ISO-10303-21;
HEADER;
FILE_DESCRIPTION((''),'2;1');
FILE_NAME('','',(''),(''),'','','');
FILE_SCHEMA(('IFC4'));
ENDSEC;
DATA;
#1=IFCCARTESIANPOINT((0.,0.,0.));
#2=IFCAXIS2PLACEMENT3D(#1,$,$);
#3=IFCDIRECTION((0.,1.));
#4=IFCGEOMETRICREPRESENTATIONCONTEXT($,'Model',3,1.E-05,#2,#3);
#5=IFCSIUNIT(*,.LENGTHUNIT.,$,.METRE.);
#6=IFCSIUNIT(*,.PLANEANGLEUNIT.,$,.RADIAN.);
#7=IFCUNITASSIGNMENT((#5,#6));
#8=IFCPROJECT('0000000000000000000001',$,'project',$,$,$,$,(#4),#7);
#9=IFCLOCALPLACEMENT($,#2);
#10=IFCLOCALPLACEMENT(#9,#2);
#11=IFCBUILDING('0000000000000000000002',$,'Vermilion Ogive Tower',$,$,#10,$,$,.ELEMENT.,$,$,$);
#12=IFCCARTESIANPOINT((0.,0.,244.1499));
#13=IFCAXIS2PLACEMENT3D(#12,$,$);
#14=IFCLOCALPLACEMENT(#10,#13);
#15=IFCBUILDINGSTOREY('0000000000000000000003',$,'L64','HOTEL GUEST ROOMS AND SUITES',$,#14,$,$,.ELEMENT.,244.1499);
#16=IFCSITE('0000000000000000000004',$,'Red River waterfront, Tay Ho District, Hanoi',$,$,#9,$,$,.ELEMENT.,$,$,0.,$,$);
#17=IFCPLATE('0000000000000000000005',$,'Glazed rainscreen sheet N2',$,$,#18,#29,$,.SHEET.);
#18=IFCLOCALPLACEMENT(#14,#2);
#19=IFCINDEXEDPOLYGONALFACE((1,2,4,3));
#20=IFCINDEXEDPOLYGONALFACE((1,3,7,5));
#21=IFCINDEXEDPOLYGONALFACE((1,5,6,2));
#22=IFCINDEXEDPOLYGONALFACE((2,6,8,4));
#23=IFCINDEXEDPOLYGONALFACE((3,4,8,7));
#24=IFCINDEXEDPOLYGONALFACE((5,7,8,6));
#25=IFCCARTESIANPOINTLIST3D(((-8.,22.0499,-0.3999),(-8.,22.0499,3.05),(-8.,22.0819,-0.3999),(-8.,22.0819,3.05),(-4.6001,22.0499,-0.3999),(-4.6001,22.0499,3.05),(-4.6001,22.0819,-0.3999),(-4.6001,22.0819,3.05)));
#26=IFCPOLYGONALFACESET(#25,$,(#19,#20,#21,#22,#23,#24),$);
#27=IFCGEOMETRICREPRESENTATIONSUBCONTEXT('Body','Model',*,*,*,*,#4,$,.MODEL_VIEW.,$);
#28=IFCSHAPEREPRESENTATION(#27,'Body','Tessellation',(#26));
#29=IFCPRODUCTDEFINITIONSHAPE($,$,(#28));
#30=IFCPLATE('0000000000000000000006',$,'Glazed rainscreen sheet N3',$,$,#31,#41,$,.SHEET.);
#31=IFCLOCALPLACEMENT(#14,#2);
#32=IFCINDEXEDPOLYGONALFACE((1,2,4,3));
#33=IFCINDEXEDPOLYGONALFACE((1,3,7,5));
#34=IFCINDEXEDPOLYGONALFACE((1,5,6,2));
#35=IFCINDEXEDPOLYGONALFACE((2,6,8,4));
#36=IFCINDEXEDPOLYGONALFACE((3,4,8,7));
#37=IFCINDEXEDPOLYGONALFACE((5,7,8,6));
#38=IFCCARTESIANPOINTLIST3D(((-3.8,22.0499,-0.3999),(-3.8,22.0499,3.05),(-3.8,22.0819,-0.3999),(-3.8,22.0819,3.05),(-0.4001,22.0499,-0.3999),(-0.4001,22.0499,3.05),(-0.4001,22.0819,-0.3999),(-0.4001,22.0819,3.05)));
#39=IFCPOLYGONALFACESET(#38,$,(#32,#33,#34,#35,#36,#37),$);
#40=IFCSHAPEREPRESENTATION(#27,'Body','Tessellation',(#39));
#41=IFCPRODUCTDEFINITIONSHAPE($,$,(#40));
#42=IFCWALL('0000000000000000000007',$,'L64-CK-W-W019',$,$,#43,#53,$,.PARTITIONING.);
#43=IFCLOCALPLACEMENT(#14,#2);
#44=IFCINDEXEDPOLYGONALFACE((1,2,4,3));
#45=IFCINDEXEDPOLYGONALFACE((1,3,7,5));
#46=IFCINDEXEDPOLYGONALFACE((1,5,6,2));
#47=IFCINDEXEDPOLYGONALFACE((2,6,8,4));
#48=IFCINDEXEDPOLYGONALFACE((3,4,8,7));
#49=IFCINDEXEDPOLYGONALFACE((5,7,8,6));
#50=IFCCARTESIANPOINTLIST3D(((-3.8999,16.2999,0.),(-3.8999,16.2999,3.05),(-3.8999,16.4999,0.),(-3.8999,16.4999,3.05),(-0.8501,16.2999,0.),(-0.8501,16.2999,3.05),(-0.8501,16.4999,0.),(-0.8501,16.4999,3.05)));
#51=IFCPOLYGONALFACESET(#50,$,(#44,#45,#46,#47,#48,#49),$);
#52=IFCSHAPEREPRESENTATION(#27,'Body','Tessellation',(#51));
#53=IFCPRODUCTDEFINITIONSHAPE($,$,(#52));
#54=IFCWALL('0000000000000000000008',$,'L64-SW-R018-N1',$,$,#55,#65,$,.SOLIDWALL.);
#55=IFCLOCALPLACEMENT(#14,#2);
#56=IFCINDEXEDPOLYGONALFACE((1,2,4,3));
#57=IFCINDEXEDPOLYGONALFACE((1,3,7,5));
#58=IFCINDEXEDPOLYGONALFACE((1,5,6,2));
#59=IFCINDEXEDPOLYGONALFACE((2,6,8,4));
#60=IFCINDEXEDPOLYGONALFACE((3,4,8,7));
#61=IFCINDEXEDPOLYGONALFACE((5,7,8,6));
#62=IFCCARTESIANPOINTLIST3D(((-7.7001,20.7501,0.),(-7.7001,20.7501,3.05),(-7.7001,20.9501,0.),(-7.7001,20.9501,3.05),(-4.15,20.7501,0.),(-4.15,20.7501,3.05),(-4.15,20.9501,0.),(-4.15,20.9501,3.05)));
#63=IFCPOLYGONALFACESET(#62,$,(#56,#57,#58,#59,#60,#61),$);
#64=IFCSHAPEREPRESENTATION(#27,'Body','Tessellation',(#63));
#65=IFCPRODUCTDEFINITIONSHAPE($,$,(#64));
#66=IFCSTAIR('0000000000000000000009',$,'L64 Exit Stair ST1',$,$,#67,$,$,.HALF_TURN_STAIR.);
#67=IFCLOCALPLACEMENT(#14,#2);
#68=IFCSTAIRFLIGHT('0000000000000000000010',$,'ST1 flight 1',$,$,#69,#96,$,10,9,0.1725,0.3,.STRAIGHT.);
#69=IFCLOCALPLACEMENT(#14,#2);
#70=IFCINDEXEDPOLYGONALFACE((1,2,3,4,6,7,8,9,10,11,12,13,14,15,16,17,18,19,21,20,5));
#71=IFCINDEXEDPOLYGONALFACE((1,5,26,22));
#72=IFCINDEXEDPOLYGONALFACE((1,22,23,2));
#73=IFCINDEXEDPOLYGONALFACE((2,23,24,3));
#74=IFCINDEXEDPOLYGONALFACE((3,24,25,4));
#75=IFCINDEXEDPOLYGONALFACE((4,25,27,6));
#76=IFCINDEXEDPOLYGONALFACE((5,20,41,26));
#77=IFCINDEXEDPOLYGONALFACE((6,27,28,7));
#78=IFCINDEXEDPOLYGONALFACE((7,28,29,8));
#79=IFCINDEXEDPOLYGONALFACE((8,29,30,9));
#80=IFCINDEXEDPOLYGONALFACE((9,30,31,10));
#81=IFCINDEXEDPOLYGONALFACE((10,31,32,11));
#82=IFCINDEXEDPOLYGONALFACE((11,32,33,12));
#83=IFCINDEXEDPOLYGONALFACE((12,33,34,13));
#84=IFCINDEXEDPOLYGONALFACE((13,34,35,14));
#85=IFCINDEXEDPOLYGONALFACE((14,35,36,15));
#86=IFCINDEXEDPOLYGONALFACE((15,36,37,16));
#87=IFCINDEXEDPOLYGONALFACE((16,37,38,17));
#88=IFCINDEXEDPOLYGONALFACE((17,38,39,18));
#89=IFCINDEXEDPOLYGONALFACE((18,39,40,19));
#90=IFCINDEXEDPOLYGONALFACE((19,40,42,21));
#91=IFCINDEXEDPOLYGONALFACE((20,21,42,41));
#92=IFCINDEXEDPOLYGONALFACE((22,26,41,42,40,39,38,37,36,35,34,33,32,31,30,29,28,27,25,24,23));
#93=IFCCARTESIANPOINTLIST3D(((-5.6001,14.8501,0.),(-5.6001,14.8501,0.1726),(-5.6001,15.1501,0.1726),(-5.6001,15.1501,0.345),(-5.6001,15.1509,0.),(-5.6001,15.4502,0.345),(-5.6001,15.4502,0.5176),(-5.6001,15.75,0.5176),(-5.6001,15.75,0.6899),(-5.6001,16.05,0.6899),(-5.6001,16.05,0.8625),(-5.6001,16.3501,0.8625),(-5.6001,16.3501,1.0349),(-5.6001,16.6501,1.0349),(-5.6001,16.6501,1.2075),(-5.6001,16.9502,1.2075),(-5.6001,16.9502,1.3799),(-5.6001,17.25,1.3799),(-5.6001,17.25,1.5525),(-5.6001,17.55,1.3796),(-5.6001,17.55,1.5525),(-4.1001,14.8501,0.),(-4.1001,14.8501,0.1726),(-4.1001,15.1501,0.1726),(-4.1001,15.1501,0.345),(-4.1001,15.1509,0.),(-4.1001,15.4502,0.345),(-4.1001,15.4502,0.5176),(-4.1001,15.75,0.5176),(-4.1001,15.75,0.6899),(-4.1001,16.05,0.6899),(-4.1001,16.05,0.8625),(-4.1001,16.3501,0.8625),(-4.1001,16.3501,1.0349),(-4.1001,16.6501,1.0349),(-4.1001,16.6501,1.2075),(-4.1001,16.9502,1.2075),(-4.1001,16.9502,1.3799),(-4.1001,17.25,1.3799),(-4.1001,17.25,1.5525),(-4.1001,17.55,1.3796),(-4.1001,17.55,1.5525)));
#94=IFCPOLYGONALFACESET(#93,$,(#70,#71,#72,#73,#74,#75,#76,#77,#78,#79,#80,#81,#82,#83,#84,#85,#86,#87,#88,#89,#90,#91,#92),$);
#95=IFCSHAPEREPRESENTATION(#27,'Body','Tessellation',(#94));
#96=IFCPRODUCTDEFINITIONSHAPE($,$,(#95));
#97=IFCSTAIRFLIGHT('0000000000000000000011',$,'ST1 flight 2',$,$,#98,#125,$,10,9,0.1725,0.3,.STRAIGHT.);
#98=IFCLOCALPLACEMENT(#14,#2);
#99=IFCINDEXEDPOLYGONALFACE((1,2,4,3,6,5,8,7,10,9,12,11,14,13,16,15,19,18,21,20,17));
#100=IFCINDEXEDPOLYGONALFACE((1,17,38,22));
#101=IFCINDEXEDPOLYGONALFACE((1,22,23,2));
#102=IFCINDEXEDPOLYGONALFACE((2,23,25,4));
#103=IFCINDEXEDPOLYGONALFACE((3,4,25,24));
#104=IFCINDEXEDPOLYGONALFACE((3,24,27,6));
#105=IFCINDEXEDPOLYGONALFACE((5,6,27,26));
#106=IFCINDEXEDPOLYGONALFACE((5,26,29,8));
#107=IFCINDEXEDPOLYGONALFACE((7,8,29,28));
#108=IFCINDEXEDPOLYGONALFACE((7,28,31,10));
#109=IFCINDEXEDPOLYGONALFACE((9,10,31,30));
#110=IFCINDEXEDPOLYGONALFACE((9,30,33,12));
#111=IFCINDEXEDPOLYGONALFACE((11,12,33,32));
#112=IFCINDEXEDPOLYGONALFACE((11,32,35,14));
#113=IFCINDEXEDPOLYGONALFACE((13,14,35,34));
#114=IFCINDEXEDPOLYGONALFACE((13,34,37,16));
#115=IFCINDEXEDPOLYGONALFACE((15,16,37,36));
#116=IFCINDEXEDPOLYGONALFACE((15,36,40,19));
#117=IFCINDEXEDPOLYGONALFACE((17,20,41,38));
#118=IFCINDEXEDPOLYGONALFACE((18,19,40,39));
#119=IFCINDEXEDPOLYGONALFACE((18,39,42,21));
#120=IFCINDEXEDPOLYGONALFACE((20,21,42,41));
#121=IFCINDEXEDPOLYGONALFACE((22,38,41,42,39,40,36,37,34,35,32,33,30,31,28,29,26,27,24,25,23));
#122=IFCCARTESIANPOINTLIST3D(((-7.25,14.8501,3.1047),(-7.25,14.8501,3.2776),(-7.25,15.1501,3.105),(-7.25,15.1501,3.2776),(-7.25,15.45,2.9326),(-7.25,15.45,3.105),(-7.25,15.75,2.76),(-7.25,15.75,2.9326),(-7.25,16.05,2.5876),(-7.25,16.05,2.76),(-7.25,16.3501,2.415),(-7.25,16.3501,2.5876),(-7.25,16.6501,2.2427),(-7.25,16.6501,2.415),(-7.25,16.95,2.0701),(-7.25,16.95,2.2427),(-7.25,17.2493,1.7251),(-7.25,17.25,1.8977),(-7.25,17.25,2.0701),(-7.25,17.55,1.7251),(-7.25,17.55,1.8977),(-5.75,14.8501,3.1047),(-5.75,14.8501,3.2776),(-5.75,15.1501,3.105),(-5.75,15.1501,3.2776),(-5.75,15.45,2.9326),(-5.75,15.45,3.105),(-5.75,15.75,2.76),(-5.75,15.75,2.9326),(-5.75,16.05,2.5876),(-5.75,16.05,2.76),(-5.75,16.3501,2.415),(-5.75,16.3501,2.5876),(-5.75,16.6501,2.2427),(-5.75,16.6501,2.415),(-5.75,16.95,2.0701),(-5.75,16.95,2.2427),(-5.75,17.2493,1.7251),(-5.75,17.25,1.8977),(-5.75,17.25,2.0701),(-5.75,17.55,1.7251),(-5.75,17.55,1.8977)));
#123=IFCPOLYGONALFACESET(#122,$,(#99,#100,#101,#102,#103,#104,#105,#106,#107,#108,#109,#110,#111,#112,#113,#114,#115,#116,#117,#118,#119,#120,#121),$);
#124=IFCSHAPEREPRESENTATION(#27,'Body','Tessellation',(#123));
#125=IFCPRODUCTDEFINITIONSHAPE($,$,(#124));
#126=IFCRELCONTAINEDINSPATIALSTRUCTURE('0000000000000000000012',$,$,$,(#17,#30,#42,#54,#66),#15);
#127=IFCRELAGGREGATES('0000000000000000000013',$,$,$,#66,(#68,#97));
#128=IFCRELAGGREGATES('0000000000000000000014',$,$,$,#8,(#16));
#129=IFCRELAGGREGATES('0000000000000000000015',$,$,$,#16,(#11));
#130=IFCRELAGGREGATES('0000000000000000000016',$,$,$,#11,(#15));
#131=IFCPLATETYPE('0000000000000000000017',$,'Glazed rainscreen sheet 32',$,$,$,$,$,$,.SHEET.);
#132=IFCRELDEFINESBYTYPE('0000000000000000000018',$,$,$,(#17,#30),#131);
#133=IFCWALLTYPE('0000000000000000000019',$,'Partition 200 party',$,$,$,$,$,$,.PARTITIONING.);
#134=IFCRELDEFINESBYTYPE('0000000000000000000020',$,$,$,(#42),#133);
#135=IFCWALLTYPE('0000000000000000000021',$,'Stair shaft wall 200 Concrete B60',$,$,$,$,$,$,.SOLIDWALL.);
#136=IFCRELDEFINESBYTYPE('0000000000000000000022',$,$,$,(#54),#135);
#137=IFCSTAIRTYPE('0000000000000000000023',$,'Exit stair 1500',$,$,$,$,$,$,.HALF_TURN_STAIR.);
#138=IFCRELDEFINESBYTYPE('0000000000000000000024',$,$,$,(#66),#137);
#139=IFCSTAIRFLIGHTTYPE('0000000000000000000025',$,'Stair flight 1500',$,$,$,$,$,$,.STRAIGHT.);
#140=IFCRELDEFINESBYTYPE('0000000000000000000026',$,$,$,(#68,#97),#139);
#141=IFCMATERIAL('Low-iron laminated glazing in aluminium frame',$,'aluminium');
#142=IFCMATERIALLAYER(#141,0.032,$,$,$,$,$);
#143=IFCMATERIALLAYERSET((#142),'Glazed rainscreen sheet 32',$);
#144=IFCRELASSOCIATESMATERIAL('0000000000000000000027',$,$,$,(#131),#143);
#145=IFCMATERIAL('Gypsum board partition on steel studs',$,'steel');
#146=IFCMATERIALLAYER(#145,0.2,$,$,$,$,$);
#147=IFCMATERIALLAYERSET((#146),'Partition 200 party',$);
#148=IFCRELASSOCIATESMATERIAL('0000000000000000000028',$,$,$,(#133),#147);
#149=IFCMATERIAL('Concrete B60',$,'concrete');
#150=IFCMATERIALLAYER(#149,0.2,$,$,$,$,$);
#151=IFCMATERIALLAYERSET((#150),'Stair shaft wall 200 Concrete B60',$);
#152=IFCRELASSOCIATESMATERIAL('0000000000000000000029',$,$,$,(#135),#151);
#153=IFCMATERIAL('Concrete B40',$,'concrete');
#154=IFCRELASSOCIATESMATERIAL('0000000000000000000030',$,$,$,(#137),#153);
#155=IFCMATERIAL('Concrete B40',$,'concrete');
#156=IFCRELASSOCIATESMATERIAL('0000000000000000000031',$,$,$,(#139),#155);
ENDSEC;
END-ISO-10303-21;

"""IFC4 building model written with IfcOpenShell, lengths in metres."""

from ifc_helpers import new_model, si_unit, direction, frame, frame_2d, origin, origin_2d, place, context, subcontext, project, spatial, polyline, rectangle, outline, extrude, material, layer, layer_set, type_object, element, aggregate, save


model = new_model("IFC4")

# Units and contexts
model_context = context("Model", 3, precision=1e-05, world=origin(), true_north=direction((0.0, 1.0)))
body_context = subcontext(model_context, "Body", "Model", "MODEL_VIEW")
ifc_project = project(units=[si_unit("LENGTHUNIT", "METRE"), si_unit("PLANEANGLEUNIT", "RADIAN")], contexts=[model_context])

# Site, building, storey
site_placement = place(None, origin())
site = spatial("IfcSite", under=ifc_project, at=site_placement, Name="Red River waterfront, Tay Ho District, Hanoi", CompositionType="ELEMENT", RefElevation=0.0)
building_placement = place(site_placement, origin())
building = spatial("IfcBuilding", under=site, at=building_placement, Name="Vermilion Ogive Tower", CompositionType="ELEMENT")
storey_placement = place(building_placement, frame((0.0, 0.0, 244.1499)))
storey = spatial("IfcBuildingStorey", under=building, at=storey_placement, Name="L64", Description="HOTEL GUEST ROOMS AND SUITES", CompositionType="ELEMENT", Elevation=244.1499)

# Plates
ifc_material_1 = material(Name="Low-iron laminated glazing in aluminium frame", Category="aluminium")
ifc_layer_1 = layer(ifc_material_1, 0.032)
ifc_layer_set_1 = layer_set([ifc_layer_1], Name="Glazed rainscreen sheet 32")
plate_type = type_object("IfcPlateType", Name="Glazed rainscreen sheet 32", PredefinedType="SHEET", material=ifc_layer_set_1)
for number, where, z_axis, x_axis, name in (
    (1, (-6.3, 22.0659, -0.3999), (0.0, 0.0, 1.0), (1.0, 0.0, 0.0), "Glazed rainscreen sheet N2"),
    (2, (-2.1001, 22.0659, -0.3999), (0.0, 0.0, 1.0), (1.0, 0.0, 0.0), "Glazed rainscreen sheet N3"),
):
    element("IfcPlate", number, at=place(storey_placement, frame(where, z_axis=z_axis, x_axis=x_axis)), inside=storey, type_object=plate_type, Name=name, PredefinedType="SHEET", context=body_context, shape_type="SweptSolid", body=[
        extrude(rectangle(XDim=3.3999, YDim=0.032, at=origin_2d()), origin(), (0.0, 0.0, 1.0), 3.45),
    ])

# Walls
ifc_material_2 = material(Name="Gypsum board partition on steel studs", Category="steel")
ifc_layer_2 = layer(ifc_material_2, 0.2)
ifc_layer_set_2 = layer_set([ifc_layer_2], Name="Partition 200 party")
wall_type_1 = type_object("IfcWallType", Name="Partition 200 party", PredefinedType="PARTITIONING", material=ifc_layer_set_2)
wall_1_placement = place(storey_placement, frame((-3.8999, 16.3999, 0.0), z_axis=(0.0, 0.0, 1.0), x_axis=(1.0, 0.0, 0.0)))
element("IfcWall", 3, at=wall_1_placement, inside=storey, type_object=wall_type_1, Name="L64-CK-W-W019", PredefinedType="PARTITIONING", context=body_context, shape_type="SweptSolid", body=[
    extrude(rectangle(XDim=3.0498, YDim=0.2, at=frame_2d((1.5249, 0.0))), origin(), (0.0, 0.0, 1.0), 3.05),
])
ifc_material_3 = material(Name="Concrete B60", Category="concrete")
ifc_layer_3 = layer(ifc_material_3, 0.2)
ifc_layer_set_3 = layer_set([ifc_layer_3], Name="Stair shaft wall 200 Concrete B60")
wall_type_2 = type_object("IfcWallType", Name="Stair shaft wall 200 Concrete B60", PredefinedType="SOLIDWALL", material=ifc_layer_set_3)
wall_2_placement = place(storey_placement, frame((-7.7, 20.8501, 0.0), z_axis=(0.0, 0.0, 1.0), x_axis=(1.0, 0.0, 0.0)))
element("IfcWall", 4, at=wall_2_placement, inside=storey, type_object=wall_type_2, Name="L64-SW-R018-N1", PredefinedType="SOLIDWALL", context=body_context, shape_type="SweptSolid", body=[
    extrude(rectangle(XDim=3.55, YDim=0.2, at=frame_2d((1.7749, 0.0))), origin(), (0.0, 0.0, 1.0), 3.05),
])

# Stair, stair flights
ifc_material_4 = material(Name="Concrete B40", Category="concrete")
stair_type = type_object("IfcStairType", Name="Exit stair 1500", PredefinedType="HALF_TURN_STAIR", material=ifc_material_4)
stair_placement = place(storey_placement, origin())
stair = element("IfcStair", 5, at=stair_placement, inside=storey, type_object=stair_type, Name="L64 Exit Stair ST1", PredefinedType="HALF_TURN_STAIR")
ifc_material_5 = material(Name="Concrete B40", Category="concrete")
stair_flight_type = type_object("IfcStairFlightType", Name="Stair flight 1500", PredefinedType="STRAIGHT", material=ifc_material_5)
stair_flight_1_placement = place(storey_placement, frame((-4.8501, 14.8501, 0.0), z_axis=(0.0, 0.0, 1.0), x_axis=(0.0, 1.0, 0.0)))
stair_flight_1 = element("IfcStairFlight", 6, at=stair_flight_1_placement, type_object=stair_flight_type, Name="ST1 flight 1", NumberOfRisers=10, NumberOfTreads=9, PredefinedType="STRAIGHT", RiserHeight=0.1725, TreadLength=0.3, context=body_context, shape_type="SweptSolid", body=[
    extrude(outline(polyline([(0.0, 0.0), (0.0, 0.1726), (0.3, 0.1726), (0.3, 0.345), (0.6001, 0.345), (0.6001, 0.5176), (0.8999, 0.5176), (0.8999, 0.6899), (1.2, 0.6899), (1.2, 0.8625), (1.5, 0.8625), (1.5, 1.0349), (1.8, 1.0349), (1.8, 1.2075), (2.1001, 1.2075), (2.1001, 1.3799), (2.3999, 1.3799), (2.3999, 1.5525), (2.7, 1.5525), (2.7, 1.7251), (2.7, 1.3796), (0.3008, 0.0), (0.0, 0.0)])), frame((0.0, 0.75, 0.0), z_axis=(0.0, -1.0, 0.0), x_axis=(1.0, 0.0, 0.0)), (0.0, 0.0, 1.0), 1.5),
])
stair_flight_2_placement = place(storey_placement, frame((-6.5, 17.55, 1.7251), z_axis=(0.0, 0.0, 1.0), x_axis=(0.0, -1.0, 0.0)))
stair_flight_2 = element("IfcStairFlight", 7, at=stair_flight_2_placement, type_object=stair_flight_type, Name="ST1 flight 2", NumberOfRisers=10, NumberOfTreads=9, PredefinedType="STRAIGHT", RiserHeight=0.1725, TreadLength=0.3, context=body_context, shape_type="SweptSolid", body=[
    extrude(outline(polyline([(0.0, 0.0), (0.0, 0.1726), (0.3, 0.1726), (0.3, 0.345), (0.6001, 0.345), (0.6001, 0.5176), (0.8999, 0.5176), (0.8999, 0.6899), (1.2, 0.6899), (1.2, 0.8625), (1.5, 0.8625), (1.5, 1.0349), (1.8, 1.0349), (1.8, 1.2075), (2.1001, 1.2075), (2.1001, 1.3799), (2.3999, 1.3799), (2.3999, 1.5525), (2.7, 1.5525), (2.7, 1.7251), (2.7, 1.3796), (0.3008, 0.0), (0.0, 0.0)])), frame((0.0, 0.75, 0.0), z_axis=(0.0, -1.0, 0.0), x_axis=(1.0, 0.0, 0.0)), (0.0, 0.0, 1.0), 1.5),
])
aggregate(stair, [stair_flight_1, stair_flight_2])

save(model, "model.ifc")
